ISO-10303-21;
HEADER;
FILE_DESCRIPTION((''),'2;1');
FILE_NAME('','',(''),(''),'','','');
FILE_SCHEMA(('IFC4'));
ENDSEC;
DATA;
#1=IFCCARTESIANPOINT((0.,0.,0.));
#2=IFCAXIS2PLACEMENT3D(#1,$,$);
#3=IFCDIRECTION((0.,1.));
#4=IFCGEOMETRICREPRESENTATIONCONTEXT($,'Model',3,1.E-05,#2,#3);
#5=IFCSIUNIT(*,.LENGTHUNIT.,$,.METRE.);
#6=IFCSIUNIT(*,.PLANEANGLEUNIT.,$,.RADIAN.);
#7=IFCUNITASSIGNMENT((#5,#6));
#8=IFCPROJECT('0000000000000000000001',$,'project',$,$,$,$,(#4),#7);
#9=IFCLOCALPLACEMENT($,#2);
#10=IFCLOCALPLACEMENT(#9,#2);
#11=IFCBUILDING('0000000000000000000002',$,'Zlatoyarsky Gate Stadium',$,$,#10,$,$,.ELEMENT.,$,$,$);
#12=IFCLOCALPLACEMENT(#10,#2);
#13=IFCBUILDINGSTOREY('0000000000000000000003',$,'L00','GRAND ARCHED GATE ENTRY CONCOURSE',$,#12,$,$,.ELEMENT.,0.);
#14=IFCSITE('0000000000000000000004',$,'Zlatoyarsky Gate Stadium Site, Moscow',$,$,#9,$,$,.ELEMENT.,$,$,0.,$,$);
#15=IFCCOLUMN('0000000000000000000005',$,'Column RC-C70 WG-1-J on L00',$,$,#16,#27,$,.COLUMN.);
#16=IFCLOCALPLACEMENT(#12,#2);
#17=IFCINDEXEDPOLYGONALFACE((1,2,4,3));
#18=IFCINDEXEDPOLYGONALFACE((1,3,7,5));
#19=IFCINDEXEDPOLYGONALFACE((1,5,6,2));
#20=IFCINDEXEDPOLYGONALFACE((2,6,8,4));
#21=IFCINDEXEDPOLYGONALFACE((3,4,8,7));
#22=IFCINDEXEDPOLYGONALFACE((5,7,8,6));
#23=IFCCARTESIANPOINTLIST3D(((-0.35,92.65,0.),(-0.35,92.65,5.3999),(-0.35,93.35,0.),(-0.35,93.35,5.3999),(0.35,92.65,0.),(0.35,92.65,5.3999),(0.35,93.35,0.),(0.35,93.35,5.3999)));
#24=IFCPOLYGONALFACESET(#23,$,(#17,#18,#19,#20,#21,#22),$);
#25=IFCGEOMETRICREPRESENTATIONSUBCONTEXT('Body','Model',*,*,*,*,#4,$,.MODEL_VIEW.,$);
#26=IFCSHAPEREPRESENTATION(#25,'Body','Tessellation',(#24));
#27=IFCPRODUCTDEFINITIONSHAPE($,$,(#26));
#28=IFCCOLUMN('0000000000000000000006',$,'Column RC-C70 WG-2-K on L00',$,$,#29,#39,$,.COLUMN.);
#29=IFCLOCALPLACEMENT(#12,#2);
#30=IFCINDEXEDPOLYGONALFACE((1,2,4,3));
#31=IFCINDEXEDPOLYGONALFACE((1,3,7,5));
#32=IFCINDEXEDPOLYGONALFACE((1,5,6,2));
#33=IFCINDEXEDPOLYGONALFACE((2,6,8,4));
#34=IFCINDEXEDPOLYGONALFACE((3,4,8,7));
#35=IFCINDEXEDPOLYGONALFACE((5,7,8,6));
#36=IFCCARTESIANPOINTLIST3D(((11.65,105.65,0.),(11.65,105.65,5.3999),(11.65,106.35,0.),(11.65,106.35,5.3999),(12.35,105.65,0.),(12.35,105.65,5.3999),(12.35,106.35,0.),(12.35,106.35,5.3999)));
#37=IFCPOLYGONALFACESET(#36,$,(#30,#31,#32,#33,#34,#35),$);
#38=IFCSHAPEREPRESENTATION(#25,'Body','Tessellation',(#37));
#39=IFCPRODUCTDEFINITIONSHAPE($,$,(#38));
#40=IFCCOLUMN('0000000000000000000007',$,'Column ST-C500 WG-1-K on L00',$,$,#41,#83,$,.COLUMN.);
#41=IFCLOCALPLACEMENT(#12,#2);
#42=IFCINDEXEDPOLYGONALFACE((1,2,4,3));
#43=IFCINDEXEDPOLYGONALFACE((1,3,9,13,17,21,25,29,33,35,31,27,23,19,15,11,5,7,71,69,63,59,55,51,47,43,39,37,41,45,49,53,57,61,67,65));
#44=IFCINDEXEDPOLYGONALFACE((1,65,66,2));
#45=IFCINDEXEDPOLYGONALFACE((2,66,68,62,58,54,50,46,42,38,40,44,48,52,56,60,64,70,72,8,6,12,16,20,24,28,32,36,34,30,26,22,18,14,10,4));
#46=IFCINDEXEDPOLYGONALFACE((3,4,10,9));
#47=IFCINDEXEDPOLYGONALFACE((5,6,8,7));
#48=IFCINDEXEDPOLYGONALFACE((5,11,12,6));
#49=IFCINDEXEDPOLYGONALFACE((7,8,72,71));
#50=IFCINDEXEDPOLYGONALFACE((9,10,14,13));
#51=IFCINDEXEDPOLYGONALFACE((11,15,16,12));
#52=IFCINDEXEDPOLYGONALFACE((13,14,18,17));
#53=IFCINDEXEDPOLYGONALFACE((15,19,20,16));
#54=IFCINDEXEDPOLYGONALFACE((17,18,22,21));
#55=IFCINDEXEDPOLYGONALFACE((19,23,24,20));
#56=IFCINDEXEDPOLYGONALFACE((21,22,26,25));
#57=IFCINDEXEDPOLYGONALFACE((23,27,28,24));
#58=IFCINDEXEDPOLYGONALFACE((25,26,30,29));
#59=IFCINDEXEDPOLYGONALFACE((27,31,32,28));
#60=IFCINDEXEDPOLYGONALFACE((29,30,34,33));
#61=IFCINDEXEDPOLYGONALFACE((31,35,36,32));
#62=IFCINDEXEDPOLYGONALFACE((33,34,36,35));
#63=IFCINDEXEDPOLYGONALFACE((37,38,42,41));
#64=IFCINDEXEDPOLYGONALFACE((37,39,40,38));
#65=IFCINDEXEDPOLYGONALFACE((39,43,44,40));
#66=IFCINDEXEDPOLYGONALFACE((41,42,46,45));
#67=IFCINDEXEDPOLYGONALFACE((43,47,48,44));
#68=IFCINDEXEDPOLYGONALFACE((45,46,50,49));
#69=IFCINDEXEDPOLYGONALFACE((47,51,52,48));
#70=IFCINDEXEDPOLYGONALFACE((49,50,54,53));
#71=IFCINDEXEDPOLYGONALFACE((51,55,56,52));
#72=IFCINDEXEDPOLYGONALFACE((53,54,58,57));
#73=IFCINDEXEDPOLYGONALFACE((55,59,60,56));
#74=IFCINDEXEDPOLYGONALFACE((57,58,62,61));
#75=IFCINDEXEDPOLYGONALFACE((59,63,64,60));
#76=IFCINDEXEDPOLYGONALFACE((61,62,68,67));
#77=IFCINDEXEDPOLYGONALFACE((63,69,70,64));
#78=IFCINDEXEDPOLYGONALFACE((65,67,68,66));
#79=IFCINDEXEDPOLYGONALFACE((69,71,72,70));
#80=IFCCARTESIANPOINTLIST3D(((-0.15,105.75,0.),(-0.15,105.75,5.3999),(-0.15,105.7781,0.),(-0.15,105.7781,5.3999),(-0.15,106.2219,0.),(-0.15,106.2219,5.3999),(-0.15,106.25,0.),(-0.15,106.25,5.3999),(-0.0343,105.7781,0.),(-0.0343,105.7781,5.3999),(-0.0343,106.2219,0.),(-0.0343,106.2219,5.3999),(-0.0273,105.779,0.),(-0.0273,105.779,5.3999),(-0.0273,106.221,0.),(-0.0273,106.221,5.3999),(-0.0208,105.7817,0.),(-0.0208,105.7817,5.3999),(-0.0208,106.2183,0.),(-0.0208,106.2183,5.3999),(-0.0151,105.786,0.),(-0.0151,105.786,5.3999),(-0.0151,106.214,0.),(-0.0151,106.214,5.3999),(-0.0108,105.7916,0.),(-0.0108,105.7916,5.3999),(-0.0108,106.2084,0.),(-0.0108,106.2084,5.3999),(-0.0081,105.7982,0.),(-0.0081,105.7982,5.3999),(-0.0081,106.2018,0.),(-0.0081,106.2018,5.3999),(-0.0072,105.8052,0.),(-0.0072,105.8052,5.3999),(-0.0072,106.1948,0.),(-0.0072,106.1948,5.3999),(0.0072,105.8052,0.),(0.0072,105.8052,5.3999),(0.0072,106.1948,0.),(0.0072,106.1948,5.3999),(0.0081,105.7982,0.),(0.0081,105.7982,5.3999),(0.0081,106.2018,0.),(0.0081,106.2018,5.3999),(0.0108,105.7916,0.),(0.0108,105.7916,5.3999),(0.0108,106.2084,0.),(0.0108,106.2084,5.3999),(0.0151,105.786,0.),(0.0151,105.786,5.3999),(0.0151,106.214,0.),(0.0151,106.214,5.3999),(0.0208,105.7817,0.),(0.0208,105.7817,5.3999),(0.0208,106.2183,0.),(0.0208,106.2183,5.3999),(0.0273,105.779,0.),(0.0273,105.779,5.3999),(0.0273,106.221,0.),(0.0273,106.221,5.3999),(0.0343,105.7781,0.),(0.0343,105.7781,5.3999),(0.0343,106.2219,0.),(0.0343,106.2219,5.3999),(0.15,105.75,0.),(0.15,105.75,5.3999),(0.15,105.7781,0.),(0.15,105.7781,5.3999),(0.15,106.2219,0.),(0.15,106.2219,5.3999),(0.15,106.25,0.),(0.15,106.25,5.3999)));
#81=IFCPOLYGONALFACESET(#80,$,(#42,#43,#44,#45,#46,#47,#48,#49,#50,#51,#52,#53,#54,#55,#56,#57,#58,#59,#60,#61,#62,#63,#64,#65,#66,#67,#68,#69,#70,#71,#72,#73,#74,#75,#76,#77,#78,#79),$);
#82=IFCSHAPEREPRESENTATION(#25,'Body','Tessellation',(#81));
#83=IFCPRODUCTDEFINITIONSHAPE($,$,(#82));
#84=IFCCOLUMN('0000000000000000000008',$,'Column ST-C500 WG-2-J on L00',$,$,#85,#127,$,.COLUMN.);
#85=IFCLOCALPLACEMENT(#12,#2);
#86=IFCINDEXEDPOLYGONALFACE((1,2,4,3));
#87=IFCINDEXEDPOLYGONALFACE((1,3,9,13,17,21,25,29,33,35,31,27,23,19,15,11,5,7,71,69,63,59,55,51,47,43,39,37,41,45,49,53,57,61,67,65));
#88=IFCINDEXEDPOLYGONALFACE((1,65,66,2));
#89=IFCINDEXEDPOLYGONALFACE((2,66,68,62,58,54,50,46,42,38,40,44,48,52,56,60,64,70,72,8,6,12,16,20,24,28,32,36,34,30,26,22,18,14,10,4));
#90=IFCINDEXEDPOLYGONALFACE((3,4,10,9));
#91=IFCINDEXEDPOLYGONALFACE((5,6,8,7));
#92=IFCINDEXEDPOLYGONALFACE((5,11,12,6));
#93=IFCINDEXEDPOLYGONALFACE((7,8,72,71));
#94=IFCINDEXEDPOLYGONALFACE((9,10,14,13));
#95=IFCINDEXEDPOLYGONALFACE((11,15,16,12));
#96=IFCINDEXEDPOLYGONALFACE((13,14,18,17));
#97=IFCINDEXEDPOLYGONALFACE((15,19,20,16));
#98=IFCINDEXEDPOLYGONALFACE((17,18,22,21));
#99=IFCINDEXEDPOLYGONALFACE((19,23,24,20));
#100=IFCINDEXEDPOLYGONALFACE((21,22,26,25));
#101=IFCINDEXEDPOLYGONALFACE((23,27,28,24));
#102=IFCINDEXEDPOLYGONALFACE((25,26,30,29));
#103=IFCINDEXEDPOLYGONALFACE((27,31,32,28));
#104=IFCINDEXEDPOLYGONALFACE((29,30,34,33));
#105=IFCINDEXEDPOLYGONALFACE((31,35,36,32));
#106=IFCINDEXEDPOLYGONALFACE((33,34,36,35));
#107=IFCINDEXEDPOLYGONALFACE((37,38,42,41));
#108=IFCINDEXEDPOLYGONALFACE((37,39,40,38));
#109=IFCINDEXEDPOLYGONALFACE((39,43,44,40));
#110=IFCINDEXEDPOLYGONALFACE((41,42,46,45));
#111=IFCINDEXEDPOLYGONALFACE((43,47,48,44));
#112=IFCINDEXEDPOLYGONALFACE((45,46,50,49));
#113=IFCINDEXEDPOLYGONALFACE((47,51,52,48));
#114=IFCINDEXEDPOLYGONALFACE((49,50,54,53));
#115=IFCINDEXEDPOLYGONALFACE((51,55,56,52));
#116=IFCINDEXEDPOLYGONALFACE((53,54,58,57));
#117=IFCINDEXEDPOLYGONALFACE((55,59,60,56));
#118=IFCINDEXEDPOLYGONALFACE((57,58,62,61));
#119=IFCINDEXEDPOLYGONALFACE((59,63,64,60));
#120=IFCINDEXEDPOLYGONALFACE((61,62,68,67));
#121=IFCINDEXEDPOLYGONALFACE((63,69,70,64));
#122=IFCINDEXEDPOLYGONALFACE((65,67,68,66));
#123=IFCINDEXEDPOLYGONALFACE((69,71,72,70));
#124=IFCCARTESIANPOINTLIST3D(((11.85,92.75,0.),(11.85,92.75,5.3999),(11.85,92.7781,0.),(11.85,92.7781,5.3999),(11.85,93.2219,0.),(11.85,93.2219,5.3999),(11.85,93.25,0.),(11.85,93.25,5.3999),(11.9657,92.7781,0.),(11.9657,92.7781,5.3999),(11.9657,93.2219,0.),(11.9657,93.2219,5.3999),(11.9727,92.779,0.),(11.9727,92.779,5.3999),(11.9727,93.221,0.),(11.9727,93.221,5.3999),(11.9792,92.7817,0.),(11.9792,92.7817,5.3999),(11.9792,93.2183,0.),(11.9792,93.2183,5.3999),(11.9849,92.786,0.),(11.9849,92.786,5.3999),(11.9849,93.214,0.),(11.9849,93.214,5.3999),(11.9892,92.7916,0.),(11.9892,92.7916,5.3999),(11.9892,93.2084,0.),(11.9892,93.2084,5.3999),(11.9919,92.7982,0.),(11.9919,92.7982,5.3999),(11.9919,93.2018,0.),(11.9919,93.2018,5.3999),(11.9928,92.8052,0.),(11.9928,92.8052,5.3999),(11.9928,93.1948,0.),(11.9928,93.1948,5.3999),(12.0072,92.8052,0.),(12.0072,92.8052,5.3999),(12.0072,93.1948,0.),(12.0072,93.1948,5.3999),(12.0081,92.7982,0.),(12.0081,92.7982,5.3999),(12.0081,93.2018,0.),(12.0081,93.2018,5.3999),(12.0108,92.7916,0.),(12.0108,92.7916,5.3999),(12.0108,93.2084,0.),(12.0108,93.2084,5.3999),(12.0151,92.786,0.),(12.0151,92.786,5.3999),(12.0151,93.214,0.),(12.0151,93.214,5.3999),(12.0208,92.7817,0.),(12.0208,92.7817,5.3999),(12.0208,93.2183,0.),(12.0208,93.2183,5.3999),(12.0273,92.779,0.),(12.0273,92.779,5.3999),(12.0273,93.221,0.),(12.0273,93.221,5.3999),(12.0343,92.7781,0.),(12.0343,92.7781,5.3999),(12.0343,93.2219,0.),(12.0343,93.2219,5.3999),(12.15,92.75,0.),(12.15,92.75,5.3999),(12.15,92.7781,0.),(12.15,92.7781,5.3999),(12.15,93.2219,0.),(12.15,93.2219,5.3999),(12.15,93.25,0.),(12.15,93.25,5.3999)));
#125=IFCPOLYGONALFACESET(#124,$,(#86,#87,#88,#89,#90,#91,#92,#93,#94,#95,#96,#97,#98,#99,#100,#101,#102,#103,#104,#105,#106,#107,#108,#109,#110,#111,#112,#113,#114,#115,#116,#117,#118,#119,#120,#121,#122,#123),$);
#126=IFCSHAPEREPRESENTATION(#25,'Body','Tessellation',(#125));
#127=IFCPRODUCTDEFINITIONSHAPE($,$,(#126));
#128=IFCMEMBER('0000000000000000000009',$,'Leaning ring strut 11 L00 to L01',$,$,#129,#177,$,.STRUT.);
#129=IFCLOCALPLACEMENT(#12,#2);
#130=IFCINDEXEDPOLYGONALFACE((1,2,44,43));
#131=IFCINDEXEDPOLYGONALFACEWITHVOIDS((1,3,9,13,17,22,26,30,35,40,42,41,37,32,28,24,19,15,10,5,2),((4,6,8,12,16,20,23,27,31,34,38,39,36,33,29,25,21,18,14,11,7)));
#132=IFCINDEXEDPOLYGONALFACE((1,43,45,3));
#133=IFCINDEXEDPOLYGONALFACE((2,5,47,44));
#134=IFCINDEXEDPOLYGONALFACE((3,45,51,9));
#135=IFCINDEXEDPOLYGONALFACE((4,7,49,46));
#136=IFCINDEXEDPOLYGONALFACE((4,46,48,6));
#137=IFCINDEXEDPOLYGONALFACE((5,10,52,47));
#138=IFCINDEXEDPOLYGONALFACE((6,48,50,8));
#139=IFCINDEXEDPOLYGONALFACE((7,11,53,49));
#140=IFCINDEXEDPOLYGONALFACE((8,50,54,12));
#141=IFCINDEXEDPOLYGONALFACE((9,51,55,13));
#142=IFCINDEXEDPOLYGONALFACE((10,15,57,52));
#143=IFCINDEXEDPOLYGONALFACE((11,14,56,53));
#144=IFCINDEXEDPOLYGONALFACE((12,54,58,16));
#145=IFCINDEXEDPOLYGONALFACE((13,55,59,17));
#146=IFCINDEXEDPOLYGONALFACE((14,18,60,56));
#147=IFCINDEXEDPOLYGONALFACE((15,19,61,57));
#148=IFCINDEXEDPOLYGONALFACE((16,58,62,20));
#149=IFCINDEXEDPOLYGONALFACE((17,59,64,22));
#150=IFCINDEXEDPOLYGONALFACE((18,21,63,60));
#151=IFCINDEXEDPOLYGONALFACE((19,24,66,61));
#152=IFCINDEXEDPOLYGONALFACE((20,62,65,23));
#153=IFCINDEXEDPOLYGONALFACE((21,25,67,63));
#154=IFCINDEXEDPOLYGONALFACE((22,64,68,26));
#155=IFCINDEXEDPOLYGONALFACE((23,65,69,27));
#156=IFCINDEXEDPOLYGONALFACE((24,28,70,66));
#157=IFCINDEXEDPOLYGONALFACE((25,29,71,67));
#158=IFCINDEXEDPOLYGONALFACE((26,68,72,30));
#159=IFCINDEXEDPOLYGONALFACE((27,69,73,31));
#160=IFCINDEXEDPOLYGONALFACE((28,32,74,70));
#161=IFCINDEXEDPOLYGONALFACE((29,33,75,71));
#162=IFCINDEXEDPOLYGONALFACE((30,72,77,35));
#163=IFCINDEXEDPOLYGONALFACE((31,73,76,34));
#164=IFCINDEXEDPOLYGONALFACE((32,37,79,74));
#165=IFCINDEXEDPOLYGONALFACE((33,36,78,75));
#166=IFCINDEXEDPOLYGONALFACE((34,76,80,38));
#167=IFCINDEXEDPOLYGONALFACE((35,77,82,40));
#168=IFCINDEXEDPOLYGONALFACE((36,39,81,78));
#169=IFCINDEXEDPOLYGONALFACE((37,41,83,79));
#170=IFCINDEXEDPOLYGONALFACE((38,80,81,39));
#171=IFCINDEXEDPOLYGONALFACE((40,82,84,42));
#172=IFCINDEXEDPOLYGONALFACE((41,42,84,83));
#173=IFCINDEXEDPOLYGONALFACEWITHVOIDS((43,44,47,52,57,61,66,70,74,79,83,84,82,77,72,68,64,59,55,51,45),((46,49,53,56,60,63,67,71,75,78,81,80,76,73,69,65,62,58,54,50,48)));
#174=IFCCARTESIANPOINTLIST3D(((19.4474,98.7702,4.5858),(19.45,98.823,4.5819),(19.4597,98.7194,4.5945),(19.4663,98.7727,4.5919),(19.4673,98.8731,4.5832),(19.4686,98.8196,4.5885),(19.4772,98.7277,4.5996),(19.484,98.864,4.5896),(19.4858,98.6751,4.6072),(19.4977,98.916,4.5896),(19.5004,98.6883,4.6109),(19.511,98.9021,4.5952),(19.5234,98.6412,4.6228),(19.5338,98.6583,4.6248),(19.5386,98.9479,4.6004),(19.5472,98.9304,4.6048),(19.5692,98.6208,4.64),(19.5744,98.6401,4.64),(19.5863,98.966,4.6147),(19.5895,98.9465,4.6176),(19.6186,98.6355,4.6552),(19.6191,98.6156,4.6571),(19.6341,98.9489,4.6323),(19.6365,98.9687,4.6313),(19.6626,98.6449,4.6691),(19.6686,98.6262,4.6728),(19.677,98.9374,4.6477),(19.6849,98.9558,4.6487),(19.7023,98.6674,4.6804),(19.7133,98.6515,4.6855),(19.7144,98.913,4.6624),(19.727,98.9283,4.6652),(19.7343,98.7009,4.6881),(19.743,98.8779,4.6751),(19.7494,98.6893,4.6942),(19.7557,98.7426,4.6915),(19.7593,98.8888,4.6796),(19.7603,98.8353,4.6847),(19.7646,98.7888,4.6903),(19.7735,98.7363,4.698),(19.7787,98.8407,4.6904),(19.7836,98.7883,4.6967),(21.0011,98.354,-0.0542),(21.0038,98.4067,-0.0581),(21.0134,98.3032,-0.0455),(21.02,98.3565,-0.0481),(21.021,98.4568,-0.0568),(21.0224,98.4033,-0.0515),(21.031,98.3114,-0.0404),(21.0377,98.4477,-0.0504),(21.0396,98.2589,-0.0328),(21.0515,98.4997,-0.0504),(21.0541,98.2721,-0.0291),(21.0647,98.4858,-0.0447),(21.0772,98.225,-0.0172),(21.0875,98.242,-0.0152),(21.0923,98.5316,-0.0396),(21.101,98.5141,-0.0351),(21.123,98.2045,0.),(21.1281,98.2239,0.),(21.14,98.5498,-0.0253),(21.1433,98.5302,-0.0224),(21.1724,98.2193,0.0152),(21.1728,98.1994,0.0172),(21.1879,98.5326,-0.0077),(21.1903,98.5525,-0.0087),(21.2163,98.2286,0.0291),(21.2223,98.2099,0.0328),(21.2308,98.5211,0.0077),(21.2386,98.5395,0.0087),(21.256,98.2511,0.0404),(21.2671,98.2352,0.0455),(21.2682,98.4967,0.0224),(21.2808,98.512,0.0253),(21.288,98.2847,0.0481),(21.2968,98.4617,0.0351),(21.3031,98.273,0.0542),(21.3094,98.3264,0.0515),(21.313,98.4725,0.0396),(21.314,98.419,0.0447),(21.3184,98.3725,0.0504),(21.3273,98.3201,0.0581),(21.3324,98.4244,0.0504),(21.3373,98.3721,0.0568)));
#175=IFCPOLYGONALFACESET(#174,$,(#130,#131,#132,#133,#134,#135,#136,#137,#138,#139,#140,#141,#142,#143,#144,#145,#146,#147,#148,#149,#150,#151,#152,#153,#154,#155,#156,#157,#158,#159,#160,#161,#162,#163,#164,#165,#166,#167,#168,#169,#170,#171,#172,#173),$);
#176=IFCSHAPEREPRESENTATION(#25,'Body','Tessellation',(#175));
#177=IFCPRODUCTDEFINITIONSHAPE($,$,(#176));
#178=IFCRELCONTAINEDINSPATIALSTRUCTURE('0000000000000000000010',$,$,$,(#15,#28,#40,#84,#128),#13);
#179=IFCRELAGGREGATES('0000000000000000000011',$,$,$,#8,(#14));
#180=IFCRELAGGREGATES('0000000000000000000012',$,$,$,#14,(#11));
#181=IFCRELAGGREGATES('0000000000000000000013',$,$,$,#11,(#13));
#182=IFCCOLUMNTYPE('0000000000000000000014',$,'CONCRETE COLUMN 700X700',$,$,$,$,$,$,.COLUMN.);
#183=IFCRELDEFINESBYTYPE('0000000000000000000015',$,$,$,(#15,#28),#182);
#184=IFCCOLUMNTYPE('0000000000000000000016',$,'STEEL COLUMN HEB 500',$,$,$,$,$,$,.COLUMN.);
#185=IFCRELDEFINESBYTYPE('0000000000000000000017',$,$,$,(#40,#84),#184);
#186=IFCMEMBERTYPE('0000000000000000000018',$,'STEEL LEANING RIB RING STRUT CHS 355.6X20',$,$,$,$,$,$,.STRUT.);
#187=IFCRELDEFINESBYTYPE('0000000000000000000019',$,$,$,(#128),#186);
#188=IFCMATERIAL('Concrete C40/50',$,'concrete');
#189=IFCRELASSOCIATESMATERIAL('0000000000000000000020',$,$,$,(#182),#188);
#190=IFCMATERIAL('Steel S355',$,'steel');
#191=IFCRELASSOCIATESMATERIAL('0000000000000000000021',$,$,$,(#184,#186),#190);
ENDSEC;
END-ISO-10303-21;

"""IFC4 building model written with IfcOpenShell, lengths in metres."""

from ifc_helpers import new_model, si_unit, direction, frame, origin, origin_2d, place, context, subcontext, project, spatial, rectangle, hollow_circle, i_section, extrude, material, material_profile, profile_set, type_object, element, save


model = new_model("IFC4")

# Units and contexts
model_context = context("Model", 3, precision=1e-05, world=origin(), true_north=direction((0.0, 1.0)))
body_context = subcontext(model_context, "Body", "Model", "MODEL_VIEW")
ifc_project = project(units=[si_unit("LENGTHUNIT", "METRE"), si_unit("PLANEANGLEUNIT", "RADIAN")], contexts=[model_context])

# Site, building, storey
site_placement = place(None, origin())
site = spatial("IfcSite", under=ifc_project, at=site_placement, Name="Zlatoyarsky Gate Stadium Site, Moscow", CompositionType="ELEMENT", RefElevation=0.0)
building_placement = place(site_placement, origin())
building = spatial("IfcBuilding", under=site, at=building_placement, Name="Zlatoyarsky Gate Stadium", CompositionType="ELEMENT")
storey_placement = place(building_placement, origin())
storey = spatial("IfcBuildingStorey", under=building, at=storey_placement, Name="L00", Description="GRAND ARCHED GATE ENTRY CONCOURSE", CompositionType="ELEMENT", Elevation=0.0)

# Columns
ifc_material_1 = material(Name="Concrete C40/50", Category="concrete")
ifc_material_profile_1 = material_profile(ifc_material_1, rectangle(XDim=0.7, YDim=0.7, at=origin_2d()), Name="RC COL 700X700")
ifc_profile_set_1 = profile_set([ifc_material_profile_1], Name="Concrete C40/50")
column_type_1 = type_object("IfcColumnType", Name="CONCRETE COLUMN 700X700", PredefinedType="COLUMN", material=ifc_profile_set_1)
for number, where, z_axis, x_axis, name in (
    (1, (0.0, 93.0, 0.0), (0.0, 0.0, 1.0), (1.0, 0.0, 0.0), "Column RC-C70 WG-1-J on L00"),
    (2, (12.0, 106.0, 0.0), (0.0, 0.0, 1.0), (1.0, 0.0, 0.0), "Column RC-C70 WG-2-K on L00"),
):
    element("IfcColumn", number, at=place(storey_placement, frame(where, z_axis=z_axis, x_axis=x_axis)), inside=storey, type_object=column_type_1, Name=name, PredefinedType="COLUMN", context=body_context, shape_type="SweptSolid", body=[
        extrude(rectangle(XDim=0.7, YDim=0.7, at=origin_2d()), origin(), (0.0, 0.0, 1.0), 5.3999),
    ])
ifc_material_2 = material(Name="Steel S355", Category="steel")
ifc_material_profile_2 = material_profile(ifc_material_2, i_section(OverallWidth=0.3, OverallDepth=0.5, WebThickness=0.0144, FlangeThickness=0.0281, FilletRadius=0.0271, at=origin_2d()), Name="HEB 500")
ifc_profile_set_2 = profile_set([ifc_material_profile_2], Name="Steel S355")
column_type_2 = type_object("IfcColumnType", Name="STEEL COLUMN HEB 500", PredefinedType="COLUMN", material=ifc_profile_set_2)
for number, where, z_axis, x_axis, name in (
    (3, (0.0, 106.0, 0.0), (0.0, 0.0, 1.0), (1.0, 0.0, 0.0), "Column ST-C500 WG-1-K on L00"),
    (4, (12.0, 93.0, 0.0), (0.0, 0.0, 1.0), (1.0, 0.0, 0.0), "Column ST-C500 WG-2-J on L00"),
):
    element("IfcColumn", number, at=place(storey_placement, frame(where, z_axis=z_axis, x_axis=x_axis)), inside=storey, type_object=column_type_2, Name=name, PredefinedType="COLUMN", context=body_context, shape_type="SweptSolid", body=[
        extrude(i_section(OverallWidth=0.3, OverallDepth=0.5, WebThickness=0.0144, FlangeThickness=0.0281, FilletRadius=0.0271, at=origin_2d()), origin(), (0.0, 0.0, 1.0), 5.3999),
    ])

# Member
ifc_material_profile_3 = material_profile(ifc_material_2, hollow_circle(Radius=0.1777, WallThickness=0.02, at=origin_2d()), Name="CHS 355.6X20")
ifc_profile_set_3 = profile_set([ifc_material_profile_3], Name="Steel S355")
member_type = type_object("IfcMemberType", Name="STEEL LEANING RIB RING STRUT CHS 355.6X20", PredefinedType="STRUT", material=ifc_profile_set_3)
member_placement = place(storey_placement, frame((21.1689, 98.3762, 0.0), z_axis=(-0.316387, 0.084764, 0.944836), x_axis=(-0.258787, -0.965935, 0.0)))
element("IfcMember", 5, at=member_placement, inside=storey, type_object=member_type, Name="Leaning ring strut 11 L00 to L01", PredefinedType="STRUT", context=body_context, shape_type="SweptSolid", body=[
    extrude(hollow_circle(Radius=0.1777, WallThickness=0.02, at=origin_2d()), origin(), (0.0, 0.0, 1.0), 4.9109),
])

save(model, "model.ifc")
